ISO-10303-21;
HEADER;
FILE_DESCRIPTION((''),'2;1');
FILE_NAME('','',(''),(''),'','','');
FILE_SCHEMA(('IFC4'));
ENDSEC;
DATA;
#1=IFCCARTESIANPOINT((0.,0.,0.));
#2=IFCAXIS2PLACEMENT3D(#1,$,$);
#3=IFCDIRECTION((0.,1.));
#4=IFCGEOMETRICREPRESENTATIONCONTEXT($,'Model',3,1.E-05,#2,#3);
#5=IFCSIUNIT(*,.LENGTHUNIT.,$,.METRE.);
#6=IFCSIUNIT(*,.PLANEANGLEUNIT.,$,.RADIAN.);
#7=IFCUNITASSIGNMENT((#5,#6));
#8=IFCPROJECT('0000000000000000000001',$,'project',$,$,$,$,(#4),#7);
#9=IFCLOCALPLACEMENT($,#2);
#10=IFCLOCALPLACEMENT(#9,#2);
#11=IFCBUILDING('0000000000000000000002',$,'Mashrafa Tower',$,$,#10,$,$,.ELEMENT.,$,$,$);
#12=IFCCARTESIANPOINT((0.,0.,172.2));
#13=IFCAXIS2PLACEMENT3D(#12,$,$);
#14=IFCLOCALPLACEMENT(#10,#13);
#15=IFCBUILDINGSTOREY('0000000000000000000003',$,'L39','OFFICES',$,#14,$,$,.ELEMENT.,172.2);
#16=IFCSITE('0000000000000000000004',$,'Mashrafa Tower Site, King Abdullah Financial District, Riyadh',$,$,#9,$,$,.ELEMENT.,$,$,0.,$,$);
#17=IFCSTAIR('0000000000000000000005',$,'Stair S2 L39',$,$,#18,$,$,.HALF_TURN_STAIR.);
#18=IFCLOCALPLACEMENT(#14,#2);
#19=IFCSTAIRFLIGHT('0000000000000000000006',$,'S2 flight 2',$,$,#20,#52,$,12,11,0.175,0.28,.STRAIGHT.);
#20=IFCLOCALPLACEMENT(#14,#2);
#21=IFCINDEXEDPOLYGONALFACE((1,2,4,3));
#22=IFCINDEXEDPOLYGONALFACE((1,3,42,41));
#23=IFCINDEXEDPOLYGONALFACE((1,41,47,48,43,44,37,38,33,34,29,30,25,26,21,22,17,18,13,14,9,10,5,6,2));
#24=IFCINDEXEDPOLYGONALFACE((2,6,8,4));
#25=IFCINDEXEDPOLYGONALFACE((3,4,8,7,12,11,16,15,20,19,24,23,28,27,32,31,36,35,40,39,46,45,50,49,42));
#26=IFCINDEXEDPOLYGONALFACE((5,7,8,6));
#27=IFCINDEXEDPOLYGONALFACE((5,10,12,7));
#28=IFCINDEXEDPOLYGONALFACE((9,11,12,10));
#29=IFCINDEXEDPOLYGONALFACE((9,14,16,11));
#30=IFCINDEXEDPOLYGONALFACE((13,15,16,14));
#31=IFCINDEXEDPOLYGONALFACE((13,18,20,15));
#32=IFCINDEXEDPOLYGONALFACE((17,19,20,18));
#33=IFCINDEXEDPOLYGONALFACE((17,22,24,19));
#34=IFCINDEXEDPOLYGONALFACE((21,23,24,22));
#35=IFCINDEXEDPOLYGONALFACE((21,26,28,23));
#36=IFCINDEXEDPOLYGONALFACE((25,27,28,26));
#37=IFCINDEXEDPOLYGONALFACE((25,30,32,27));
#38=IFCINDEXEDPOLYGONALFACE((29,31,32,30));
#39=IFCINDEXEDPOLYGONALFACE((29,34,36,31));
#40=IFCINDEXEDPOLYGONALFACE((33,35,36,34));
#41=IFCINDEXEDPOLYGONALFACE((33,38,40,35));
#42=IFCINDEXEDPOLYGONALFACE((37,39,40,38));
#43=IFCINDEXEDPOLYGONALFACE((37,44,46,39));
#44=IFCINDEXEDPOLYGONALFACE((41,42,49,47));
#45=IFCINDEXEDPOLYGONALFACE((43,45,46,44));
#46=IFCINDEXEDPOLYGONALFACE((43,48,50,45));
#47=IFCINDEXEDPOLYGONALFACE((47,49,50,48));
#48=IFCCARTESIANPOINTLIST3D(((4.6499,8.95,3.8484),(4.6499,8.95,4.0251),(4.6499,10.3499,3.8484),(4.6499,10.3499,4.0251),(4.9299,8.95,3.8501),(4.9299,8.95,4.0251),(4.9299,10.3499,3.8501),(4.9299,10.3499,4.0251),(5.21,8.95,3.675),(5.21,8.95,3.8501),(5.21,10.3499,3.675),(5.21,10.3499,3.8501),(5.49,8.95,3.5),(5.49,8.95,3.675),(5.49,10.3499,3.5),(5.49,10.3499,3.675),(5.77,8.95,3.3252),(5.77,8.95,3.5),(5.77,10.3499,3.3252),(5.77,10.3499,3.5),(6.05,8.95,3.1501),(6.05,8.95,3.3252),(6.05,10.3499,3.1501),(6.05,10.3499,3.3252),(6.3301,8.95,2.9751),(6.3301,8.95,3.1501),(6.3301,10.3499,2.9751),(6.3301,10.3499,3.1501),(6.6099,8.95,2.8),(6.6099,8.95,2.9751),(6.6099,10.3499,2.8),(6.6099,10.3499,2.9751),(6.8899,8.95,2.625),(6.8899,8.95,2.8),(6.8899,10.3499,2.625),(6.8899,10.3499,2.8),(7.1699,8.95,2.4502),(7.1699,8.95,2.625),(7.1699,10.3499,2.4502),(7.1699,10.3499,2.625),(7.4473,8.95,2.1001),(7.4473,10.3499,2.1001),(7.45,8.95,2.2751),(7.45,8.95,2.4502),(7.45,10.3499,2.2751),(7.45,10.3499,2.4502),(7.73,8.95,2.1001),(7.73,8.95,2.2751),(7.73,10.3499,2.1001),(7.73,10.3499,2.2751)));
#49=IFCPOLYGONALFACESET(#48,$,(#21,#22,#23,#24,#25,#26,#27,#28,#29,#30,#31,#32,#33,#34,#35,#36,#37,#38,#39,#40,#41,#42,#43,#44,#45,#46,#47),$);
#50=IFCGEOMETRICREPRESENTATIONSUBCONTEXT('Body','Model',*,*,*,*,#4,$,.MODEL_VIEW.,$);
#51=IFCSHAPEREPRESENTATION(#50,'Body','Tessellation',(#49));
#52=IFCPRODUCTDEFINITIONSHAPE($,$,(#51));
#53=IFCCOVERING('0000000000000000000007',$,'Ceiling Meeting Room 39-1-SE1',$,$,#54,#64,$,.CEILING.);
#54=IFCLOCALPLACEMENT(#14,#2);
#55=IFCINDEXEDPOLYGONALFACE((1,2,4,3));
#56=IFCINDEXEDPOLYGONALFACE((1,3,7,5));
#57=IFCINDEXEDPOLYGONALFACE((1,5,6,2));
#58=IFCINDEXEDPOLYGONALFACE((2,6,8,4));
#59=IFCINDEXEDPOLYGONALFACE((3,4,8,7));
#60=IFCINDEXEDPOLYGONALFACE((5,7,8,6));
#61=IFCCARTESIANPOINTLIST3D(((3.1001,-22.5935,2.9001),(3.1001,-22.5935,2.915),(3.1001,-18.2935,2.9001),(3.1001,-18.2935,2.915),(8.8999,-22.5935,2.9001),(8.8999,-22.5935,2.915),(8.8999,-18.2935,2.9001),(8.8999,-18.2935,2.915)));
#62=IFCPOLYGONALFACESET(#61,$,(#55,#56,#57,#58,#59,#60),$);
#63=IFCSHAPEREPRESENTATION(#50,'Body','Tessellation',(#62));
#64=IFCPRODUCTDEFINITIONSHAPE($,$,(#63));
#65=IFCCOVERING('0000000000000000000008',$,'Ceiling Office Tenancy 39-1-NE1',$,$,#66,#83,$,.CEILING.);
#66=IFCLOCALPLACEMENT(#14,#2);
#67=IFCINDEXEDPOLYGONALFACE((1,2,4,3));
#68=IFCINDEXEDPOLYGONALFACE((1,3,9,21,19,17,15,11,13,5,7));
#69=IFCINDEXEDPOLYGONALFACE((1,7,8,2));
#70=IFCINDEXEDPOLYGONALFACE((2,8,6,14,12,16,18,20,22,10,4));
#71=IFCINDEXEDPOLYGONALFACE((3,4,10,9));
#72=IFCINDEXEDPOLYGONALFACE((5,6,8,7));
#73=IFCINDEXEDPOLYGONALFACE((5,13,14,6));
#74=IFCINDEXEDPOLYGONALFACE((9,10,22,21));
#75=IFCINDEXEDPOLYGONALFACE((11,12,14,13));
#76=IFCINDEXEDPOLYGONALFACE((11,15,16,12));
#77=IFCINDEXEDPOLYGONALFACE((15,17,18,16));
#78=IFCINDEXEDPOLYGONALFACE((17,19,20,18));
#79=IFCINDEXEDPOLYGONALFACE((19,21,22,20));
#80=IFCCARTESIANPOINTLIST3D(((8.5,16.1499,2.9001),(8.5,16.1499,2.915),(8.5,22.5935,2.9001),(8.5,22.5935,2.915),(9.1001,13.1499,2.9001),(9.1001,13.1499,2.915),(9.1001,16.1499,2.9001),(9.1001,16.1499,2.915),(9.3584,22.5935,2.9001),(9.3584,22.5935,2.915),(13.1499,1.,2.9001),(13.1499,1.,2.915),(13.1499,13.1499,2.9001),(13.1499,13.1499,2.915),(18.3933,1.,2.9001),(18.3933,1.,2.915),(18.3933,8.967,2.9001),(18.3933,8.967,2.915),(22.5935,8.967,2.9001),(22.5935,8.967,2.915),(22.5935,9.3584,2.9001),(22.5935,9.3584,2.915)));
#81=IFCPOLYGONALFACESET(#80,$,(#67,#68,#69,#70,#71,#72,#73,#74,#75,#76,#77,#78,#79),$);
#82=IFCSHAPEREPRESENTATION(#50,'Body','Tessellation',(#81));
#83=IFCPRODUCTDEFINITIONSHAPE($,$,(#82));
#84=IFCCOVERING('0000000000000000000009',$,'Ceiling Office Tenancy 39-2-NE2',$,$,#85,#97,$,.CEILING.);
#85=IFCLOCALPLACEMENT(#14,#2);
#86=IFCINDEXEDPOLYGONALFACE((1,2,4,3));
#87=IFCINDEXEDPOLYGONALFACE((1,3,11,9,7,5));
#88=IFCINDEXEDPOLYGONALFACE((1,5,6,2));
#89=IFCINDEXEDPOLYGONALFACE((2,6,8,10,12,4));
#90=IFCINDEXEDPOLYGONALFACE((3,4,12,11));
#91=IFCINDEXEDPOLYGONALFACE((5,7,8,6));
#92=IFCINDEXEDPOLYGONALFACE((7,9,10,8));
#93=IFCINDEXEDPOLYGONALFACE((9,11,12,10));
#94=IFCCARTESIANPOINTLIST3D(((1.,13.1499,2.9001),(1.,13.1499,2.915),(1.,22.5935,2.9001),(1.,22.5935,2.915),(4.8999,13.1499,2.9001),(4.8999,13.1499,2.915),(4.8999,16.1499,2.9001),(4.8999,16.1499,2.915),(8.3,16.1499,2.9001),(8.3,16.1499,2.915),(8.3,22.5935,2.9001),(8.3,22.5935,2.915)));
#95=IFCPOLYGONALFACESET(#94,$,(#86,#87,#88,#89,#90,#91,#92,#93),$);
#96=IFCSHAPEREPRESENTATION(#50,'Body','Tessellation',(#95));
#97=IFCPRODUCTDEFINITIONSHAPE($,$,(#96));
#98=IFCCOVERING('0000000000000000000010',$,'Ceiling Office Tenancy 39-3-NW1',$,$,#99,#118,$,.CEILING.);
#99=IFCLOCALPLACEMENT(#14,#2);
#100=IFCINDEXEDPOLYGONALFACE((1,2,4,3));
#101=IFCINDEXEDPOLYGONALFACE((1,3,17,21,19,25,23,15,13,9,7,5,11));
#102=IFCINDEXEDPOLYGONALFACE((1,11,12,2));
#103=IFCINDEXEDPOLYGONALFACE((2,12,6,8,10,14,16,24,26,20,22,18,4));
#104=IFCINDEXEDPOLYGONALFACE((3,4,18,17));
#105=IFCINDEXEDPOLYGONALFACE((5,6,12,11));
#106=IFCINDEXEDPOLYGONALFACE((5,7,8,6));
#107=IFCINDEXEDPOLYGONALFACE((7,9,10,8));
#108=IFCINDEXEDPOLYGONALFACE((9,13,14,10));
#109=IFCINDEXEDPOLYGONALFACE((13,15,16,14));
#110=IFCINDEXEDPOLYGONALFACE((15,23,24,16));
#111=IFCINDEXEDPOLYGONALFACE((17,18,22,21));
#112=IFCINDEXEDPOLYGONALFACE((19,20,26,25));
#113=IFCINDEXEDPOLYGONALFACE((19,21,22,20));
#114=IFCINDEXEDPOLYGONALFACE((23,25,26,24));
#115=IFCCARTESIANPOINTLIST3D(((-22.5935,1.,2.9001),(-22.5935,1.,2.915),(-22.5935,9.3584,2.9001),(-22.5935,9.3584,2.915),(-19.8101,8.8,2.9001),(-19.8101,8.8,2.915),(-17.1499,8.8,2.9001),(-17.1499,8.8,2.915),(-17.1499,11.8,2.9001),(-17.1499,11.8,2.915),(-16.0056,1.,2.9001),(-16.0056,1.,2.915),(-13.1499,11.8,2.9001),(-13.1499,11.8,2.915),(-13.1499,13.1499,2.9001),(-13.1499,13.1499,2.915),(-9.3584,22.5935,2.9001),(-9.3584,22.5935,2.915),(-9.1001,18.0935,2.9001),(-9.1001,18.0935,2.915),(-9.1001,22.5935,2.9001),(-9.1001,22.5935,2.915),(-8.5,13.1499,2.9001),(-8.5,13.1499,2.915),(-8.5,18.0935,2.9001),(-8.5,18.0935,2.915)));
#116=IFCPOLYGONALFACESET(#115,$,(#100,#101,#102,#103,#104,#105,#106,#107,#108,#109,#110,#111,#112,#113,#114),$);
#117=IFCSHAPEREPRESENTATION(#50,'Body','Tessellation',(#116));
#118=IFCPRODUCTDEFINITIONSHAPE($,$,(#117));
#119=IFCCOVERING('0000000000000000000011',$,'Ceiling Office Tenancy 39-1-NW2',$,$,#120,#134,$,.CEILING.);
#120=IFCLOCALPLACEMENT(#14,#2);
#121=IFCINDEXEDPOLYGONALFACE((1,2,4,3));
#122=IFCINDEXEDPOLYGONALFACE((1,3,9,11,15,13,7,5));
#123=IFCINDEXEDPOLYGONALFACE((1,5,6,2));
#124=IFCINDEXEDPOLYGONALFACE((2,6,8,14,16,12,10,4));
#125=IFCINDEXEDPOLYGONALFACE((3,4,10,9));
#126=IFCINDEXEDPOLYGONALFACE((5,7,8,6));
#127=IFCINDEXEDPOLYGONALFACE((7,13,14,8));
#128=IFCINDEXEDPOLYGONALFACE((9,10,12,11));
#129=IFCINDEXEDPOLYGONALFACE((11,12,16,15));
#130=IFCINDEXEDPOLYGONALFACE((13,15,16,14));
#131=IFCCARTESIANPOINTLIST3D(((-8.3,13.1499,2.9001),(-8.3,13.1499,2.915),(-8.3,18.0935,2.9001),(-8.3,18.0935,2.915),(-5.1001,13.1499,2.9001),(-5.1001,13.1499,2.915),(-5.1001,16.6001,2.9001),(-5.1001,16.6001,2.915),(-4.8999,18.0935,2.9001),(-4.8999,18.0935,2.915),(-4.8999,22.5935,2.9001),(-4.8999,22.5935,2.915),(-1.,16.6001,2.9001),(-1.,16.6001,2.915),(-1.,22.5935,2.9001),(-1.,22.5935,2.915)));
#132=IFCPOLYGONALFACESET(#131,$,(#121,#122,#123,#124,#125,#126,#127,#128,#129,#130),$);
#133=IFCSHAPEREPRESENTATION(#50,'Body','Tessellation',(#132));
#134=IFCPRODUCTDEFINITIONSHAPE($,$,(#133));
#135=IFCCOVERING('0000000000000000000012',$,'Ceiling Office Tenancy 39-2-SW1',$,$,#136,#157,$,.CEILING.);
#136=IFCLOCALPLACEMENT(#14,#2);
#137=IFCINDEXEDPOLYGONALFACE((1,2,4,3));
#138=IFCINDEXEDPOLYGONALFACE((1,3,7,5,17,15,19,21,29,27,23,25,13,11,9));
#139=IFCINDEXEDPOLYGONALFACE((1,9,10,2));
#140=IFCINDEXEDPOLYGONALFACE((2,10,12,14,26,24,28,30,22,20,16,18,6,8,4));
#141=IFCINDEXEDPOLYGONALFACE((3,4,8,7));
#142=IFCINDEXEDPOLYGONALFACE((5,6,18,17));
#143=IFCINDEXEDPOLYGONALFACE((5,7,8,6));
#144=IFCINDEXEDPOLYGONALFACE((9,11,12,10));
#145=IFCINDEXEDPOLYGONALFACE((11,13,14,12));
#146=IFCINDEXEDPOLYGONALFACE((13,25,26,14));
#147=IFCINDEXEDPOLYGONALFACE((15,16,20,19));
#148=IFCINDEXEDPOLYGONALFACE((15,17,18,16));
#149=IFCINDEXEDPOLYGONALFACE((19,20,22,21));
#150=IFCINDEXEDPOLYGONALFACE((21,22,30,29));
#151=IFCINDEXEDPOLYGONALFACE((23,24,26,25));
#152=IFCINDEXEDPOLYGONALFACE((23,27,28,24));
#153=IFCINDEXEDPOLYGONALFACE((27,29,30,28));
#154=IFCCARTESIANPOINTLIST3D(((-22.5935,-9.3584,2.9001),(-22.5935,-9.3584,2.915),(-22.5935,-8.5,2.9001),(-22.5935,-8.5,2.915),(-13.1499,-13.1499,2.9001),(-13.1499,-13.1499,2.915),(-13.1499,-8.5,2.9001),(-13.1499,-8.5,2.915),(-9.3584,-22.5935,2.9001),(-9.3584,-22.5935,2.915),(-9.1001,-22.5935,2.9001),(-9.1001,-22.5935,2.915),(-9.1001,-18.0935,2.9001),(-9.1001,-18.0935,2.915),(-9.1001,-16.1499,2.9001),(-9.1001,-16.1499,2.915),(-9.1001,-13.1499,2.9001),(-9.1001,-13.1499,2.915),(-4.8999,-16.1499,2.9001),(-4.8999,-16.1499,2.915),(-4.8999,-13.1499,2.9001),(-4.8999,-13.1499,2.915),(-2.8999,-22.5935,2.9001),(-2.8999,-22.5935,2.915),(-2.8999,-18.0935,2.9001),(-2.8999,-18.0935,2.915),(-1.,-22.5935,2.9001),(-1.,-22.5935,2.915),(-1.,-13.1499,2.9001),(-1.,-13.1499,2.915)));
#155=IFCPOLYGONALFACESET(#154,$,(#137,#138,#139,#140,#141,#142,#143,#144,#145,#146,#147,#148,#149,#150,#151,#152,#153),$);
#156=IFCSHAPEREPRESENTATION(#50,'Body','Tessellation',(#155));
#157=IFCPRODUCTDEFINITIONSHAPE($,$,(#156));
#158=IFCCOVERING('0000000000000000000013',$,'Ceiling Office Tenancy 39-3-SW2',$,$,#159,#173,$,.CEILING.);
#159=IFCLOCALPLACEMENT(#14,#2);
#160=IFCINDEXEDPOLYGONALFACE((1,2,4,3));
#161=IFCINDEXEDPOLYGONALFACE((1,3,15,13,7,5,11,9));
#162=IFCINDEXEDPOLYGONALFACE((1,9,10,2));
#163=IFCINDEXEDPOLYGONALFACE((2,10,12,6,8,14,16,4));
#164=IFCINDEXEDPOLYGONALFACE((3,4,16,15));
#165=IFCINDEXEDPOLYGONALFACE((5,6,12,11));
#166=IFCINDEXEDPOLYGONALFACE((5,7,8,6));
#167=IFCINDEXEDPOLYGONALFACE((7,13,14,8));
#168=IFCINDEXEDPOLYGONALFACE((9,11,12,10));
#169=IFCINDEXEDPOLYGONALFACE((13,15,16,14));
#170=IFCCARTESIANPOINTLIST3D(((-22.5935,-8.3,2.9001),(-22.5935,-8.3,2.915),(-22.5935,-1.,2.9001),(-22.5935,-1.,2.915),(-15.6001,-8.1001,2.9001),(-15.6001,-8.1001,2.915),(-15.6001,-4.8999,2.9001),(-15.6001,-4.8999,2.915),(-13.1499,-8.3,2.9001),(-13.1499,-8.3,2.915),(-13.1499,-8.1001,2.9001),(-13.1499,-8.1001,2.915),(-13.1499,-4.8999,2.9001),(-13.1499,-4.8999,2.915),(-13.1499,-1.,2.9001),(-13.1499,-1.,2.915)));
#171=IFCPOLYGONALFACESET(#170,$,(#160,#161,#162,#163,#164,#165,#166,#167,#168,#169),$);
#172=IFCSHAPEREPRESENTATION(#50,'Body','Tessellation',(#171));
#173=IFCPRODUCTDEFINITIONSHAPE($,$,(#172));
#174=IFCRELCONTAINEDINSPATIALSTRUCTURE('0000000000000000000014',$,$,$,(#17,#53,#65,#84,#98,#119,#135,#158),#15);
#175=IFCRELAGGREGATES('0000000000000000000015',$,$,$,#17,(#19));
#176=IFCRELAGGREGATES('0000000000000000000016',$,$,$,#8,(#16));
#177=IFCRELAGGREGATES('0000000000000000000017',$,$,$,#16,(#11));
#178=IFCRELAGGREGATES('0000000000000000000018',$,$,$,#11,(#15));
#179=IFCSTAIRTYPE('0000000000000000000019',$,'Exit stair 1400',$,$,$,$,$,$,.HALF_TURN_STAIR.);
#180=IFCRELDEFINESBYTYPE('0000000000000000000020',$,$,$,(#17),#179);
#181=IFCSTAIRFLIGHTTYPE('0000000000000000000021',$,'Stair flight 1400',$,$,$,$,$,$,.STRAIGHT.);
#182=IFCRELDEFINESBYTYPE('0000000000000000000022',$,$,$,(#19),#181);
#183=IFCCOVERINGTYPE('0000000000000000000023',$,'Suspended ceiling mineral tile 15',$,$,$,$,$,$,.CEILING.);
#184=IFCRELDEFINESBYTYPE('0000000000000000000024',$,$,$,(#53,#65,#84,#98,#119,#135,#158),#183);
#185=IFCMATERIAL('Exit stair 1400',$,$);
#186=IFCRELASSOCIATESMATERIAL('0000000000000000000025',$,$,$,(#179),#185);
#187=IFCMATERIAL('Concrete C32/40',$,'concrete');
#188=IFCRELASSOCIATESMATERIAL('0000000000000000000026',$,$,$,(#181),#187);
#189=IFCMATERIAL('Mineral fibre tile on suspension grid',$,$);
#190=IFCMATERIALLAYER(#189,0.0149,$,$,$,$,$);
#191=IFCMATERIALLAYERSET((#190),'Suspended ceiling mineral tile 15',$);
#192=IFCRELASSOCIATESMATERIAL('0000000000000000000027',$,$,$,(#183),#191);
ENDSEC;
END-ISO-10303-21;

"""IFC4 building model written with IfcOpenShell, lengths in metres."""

from ifc_helpers import new_model, si_unit, direction, frame, origin, place, context, subcontext, project, spatial, polyline, outline, extrude, material, layer, layer_set, type_object, element, aggregate, save


model = new_model("IFC4")

# Units and contexts
model_context = context("Model", 3, precision=1e-05, world=origin(), true_north=direction((0.0, 1.0)))
body_context = subcontext(model_context, "Body", "Model", "MODEL_VIEW")
ifc_project = project(units=[si_unit("LENGTHUNIT", "METRE"), si_unit("PLANEANGLEUNIT", "RADIAN")], contexts=[model_context])

# Site, building, storey
site_placement = place(None, origin())
site = spatial("IfcSite", under=ifc_project, at=site_placement, Name="Mashrafa Tower Site, King Abdullah Financial District, Riyadh", CompositionType="ELEMENT", RefElevation=0.0)
building_placement = place(site_placement, origin())
building = spatial("IfcBuilding", under=site, at=building_placement, Name="Mashrafa Tower", CompositionType="ELEMENT")
storey_placement = place(building_placement, frame((0.0, 0.0, 172.2)))
storey = spatial("IfcBuildingStorey", under=building, at=storey_placement, Name="L39", Description="OFFICES", CompositionType="ELEMENT", Elevation=172.2)

# Stair, stair flight
ifc_material_1 = material(Name="Exit stair 1400")
stair_type = type_object("IfcStairType", Name="Exit stair 1400", PredefinedType="HALF_TURN_STAIR", material=ifc_material_1)
stair_placement = place(storey_placement, origin())
stair = element("IfcStair", 1, at=stair_placement, inside=storey, type_object=stair_type, Name="Stair S2 L39", PredefinedType="HALF_TURN_STAIR")
ifc_material_2 = material(Name="Concrete C32/40", Category="concrete")
stair_flight_type = type_object("IfcStairFlightType", Name="Stair flight 1400", PredefinedType="STRAIGHT", material=ifc_material_2)
stair_flight_1_placement = place(storey_placement, frame((7.73, 9.6499, 2.1001), z_axis=(0.0, 0.0, 1.0), x_axis=(-1.0, 0.0, 0.0)))
stair_flight_1 = element("IfcStairFlight", 2, at=stair_flight_1_placement, type_object=stair_flight_type, Name="S2 flight 2", NumberOfRisers=12, NumberOfTreads=11, PredefinedType="STRAIGHT", RiserHeight=0.175, TreadLength=0.28, context=body_context, shape_type="SweptSolid", body=[
    extrude(outline(polyline([(0.0, 0.0), (0.0, 0.175), (0.28, 0.175), (0.28, 0.3501), (0.5601, 0.3501), (0.5601, 0.5249), (0.8401, 0.5249), (0.8401, 0.7), (1.1201, 0.7), (1.1201, 0.875), (1.3999, 0.875), (1.3999, 1.05), (1.6799, 1.05), (1.6799, 1.2251), (1.96, 1.2251), (1.96, 1.3999), (2.24, 1.3999), (2.24, 1.575), (2.52, 1.575), (2.52, 1.75), (2.8, 1.75), (2.8, 1.925), (3.0801, 1.925), (3.0801, 2.1001), (3.0801, 1.7483), (0.2827, 0.0), (0.0, 0.0)])), frame((0.0, 0.7, 0.0), z_axis=(0.0, -1.0, 0.0), x_axis=(1.0, 0.0, 0.0)), (0.0, 0.0, 1.0), 1.3999),
])
aggregate(stair, [stair_flight_1])

# Coverings
ifc_material_3 = material(Name="Mineral fibre tile on suspension grid")
ifc_layer_1 = layer(ifc_material_3, 0.0149)
ifc_layer_set_1 = layer_set([ifc_layer_1], Name="Suspended ceiling mineral tile 15")
covering_type = type_object("IfcCoveringType", Name="Suspended ceiling mineral tile 15", PredefinedType="CEILING", material=ifc_layer_set_1)
covering_1_placement = place(storey_placement, frame((0.0, 0.0, 2.9001)))
element("IfcCovering", 3, at=covering_1_placement, inside=storey, type_object=covering_type, Name="Ceiling Meeting Room 39-1-SE1", PredefinedType="CEILING", context=body_context, shape_type="SweptSolid", body=[
    extrude(outline(polyline([(3.1001, -18.2935), (8.8999, -18.2935), (8.8999, -22.5935), (3.1001, -22.5935), (3.1001, -18.2935)])), origin(), (0.0, 0.0, 1.0), 0.0149),
])
covering_2_placement = place(storey_placement, frame((0.0, 0.0, 2.9001)))
element("IfcCovering", 4, at=covering_2_placement, inside=storey, type_object=covering_type, Name="Ceiling Office Tenancy 39-1-NE1", PredefinedType="CEILING", context=body_context, shape_type="SweptSolid", body=[
    extrude(outline(polyline([(8.5, 16.1499), (8.5, 22.5935), (9.3584, 22.5935), (22.5935, 9.3584), (22.5935, 8.967), (18.3933, 8.967), (18.3933, 1.0), (13.1499, 1.0), (13.1499, 13.1499), (9.1001, 13.1499), (9.1001, 16.1499), (8.5, 16.1499)])), origin(), (0.0, 0.0, 1.0), 0.0149),
])
covering_3_placement = place(storey_placement, frame((0.0, 0.0, 2.9001)))
element("IfcCovering", 5, at=covering_3_placement, inside=storey, type_object=covering_type, Name="Ceiling Office Tenancy 39-2-NE2", PredefinedType="CEILING", context=body_context, shape_type="SweptSolid", body=[
    extrude(outline(polyline([(1.0, 22.5935), (8.3, 22.5935), (8.3, 16.1499), (4.8999, 16.1499), (4.8999, 13.1499), (1.0, 13.1499), (1.0, 22.5935)])), origin(), (0.0, 0.0, 1.0), 0.0149),
])
covering_4_placement = place(storey_placement, frame((0.0, 0.0, 2.9001)))
element("IfcCovering", 6, at=covering_4_placement, inside=storey, type_object=covering_type, Name="Ceiling Office Tenancy 39-3-NW1", PredefinedType="CEILING", context=body_context, shape_type="SweptSolid", body=[
    extrude(outline(polyline([(-22.5935, 1.0), (-22.5935, 9.3584), (-9.3584, 22.5935), (-9.1001, 22.5935), (-9.1001, 18.0935), (-8.5, 18.0935), (-8.5, 13.1499), (-13.1499, 13.1499), (-13.1499, 11.8), (-17.1499, 11.8), (-17.1499, 8.8), (-19.8101, 8.8), (-16.0056, 1.0), (-22.5935, 1.0)])), origin(), (0.0, 0.0, 1.0), 0.0149),
])
covering_5_placement = place(storey_placement, frame((0.0, 0.0, 2.9001)))
element("IfcCovering", 7, at=covering_5_placement, inside=storey, type_object=covering_type, Name="Ceiling Office Tenancy 39-1-NW2", PredefinedType="CEILING", context=body_context, shape_type="SweptSolid", body=[
    extrude(outline(polyline([(-8.3, 13.1499), (-8.3, 18.0935), (-4.8999, 18.0935), (-4.8999, 22.5935), (-1.0, 22.5935), (-1.0, 16.6001), (-5.1001, 16.6001), (-5.1001, 13.1499), (-8.3, 13.1499)])), origin(), (0.0, 0.0, 1.0), 0.0149),
])
covering_6_placement = place(storey_placement, frame((0.0, 0.0, 2.9001)))
element("IfcCovering", 8, at=covering_6_placement, inside=storey, type_object=covering_type, Name="Ceiling Office Tenancy 39-2-SW1", PredefinedType="CEILING", context=body_context, shape_type="SweptSolid", body=[
    extrude(outline(polyline([(-1.0, -22.5935), (-2.8999, -22.5935), (-2.8999, -18.0935), (-9.1001, -18.0935), (-9.1001, -22.5935), (-9.3584, -22.5935), (-22.5935, -9.3584), (-22.5935, -8.5), (-13.1499, -8.5), (-13.1499, -13.1499), (-9.1001, -13.1499), (-9.1001, -16.1499), (-4.8999, -16.1499), (-4.8999, -13.1499), (-1.0, -13.1499), (-1.0, -22.5935)])), origin(), (0.0, 0.0, 1.0), 0.0149),
])
covering_7_placement = place(storey_placement, frame((0.0, 0.0, 2.9001)))
element("IfcCovering", 9, at=covering_7_placement, inside=storey, type_object=covering_type, Name="Ceiling Office Tenancy 39-3-SW2", PredefinedType="CEILING", context=body_context, shape_type="SweptSolid", body=[
    extrude(outline(polyline([(-13.1499, -8.3), (-22.5935, -8.3), (-22.5935, -1.0), (-13.1499, -1.0), (-13.1499, -4.8999), (-15.6001, -4.8999), (-15.6001, -8.1001), (-13.1499, -8.1001), (-13.1499, -8.3)])), origin(), (0.0, 0.0, 1.0), 0.0149),
])

save(model, "model.ifc")
